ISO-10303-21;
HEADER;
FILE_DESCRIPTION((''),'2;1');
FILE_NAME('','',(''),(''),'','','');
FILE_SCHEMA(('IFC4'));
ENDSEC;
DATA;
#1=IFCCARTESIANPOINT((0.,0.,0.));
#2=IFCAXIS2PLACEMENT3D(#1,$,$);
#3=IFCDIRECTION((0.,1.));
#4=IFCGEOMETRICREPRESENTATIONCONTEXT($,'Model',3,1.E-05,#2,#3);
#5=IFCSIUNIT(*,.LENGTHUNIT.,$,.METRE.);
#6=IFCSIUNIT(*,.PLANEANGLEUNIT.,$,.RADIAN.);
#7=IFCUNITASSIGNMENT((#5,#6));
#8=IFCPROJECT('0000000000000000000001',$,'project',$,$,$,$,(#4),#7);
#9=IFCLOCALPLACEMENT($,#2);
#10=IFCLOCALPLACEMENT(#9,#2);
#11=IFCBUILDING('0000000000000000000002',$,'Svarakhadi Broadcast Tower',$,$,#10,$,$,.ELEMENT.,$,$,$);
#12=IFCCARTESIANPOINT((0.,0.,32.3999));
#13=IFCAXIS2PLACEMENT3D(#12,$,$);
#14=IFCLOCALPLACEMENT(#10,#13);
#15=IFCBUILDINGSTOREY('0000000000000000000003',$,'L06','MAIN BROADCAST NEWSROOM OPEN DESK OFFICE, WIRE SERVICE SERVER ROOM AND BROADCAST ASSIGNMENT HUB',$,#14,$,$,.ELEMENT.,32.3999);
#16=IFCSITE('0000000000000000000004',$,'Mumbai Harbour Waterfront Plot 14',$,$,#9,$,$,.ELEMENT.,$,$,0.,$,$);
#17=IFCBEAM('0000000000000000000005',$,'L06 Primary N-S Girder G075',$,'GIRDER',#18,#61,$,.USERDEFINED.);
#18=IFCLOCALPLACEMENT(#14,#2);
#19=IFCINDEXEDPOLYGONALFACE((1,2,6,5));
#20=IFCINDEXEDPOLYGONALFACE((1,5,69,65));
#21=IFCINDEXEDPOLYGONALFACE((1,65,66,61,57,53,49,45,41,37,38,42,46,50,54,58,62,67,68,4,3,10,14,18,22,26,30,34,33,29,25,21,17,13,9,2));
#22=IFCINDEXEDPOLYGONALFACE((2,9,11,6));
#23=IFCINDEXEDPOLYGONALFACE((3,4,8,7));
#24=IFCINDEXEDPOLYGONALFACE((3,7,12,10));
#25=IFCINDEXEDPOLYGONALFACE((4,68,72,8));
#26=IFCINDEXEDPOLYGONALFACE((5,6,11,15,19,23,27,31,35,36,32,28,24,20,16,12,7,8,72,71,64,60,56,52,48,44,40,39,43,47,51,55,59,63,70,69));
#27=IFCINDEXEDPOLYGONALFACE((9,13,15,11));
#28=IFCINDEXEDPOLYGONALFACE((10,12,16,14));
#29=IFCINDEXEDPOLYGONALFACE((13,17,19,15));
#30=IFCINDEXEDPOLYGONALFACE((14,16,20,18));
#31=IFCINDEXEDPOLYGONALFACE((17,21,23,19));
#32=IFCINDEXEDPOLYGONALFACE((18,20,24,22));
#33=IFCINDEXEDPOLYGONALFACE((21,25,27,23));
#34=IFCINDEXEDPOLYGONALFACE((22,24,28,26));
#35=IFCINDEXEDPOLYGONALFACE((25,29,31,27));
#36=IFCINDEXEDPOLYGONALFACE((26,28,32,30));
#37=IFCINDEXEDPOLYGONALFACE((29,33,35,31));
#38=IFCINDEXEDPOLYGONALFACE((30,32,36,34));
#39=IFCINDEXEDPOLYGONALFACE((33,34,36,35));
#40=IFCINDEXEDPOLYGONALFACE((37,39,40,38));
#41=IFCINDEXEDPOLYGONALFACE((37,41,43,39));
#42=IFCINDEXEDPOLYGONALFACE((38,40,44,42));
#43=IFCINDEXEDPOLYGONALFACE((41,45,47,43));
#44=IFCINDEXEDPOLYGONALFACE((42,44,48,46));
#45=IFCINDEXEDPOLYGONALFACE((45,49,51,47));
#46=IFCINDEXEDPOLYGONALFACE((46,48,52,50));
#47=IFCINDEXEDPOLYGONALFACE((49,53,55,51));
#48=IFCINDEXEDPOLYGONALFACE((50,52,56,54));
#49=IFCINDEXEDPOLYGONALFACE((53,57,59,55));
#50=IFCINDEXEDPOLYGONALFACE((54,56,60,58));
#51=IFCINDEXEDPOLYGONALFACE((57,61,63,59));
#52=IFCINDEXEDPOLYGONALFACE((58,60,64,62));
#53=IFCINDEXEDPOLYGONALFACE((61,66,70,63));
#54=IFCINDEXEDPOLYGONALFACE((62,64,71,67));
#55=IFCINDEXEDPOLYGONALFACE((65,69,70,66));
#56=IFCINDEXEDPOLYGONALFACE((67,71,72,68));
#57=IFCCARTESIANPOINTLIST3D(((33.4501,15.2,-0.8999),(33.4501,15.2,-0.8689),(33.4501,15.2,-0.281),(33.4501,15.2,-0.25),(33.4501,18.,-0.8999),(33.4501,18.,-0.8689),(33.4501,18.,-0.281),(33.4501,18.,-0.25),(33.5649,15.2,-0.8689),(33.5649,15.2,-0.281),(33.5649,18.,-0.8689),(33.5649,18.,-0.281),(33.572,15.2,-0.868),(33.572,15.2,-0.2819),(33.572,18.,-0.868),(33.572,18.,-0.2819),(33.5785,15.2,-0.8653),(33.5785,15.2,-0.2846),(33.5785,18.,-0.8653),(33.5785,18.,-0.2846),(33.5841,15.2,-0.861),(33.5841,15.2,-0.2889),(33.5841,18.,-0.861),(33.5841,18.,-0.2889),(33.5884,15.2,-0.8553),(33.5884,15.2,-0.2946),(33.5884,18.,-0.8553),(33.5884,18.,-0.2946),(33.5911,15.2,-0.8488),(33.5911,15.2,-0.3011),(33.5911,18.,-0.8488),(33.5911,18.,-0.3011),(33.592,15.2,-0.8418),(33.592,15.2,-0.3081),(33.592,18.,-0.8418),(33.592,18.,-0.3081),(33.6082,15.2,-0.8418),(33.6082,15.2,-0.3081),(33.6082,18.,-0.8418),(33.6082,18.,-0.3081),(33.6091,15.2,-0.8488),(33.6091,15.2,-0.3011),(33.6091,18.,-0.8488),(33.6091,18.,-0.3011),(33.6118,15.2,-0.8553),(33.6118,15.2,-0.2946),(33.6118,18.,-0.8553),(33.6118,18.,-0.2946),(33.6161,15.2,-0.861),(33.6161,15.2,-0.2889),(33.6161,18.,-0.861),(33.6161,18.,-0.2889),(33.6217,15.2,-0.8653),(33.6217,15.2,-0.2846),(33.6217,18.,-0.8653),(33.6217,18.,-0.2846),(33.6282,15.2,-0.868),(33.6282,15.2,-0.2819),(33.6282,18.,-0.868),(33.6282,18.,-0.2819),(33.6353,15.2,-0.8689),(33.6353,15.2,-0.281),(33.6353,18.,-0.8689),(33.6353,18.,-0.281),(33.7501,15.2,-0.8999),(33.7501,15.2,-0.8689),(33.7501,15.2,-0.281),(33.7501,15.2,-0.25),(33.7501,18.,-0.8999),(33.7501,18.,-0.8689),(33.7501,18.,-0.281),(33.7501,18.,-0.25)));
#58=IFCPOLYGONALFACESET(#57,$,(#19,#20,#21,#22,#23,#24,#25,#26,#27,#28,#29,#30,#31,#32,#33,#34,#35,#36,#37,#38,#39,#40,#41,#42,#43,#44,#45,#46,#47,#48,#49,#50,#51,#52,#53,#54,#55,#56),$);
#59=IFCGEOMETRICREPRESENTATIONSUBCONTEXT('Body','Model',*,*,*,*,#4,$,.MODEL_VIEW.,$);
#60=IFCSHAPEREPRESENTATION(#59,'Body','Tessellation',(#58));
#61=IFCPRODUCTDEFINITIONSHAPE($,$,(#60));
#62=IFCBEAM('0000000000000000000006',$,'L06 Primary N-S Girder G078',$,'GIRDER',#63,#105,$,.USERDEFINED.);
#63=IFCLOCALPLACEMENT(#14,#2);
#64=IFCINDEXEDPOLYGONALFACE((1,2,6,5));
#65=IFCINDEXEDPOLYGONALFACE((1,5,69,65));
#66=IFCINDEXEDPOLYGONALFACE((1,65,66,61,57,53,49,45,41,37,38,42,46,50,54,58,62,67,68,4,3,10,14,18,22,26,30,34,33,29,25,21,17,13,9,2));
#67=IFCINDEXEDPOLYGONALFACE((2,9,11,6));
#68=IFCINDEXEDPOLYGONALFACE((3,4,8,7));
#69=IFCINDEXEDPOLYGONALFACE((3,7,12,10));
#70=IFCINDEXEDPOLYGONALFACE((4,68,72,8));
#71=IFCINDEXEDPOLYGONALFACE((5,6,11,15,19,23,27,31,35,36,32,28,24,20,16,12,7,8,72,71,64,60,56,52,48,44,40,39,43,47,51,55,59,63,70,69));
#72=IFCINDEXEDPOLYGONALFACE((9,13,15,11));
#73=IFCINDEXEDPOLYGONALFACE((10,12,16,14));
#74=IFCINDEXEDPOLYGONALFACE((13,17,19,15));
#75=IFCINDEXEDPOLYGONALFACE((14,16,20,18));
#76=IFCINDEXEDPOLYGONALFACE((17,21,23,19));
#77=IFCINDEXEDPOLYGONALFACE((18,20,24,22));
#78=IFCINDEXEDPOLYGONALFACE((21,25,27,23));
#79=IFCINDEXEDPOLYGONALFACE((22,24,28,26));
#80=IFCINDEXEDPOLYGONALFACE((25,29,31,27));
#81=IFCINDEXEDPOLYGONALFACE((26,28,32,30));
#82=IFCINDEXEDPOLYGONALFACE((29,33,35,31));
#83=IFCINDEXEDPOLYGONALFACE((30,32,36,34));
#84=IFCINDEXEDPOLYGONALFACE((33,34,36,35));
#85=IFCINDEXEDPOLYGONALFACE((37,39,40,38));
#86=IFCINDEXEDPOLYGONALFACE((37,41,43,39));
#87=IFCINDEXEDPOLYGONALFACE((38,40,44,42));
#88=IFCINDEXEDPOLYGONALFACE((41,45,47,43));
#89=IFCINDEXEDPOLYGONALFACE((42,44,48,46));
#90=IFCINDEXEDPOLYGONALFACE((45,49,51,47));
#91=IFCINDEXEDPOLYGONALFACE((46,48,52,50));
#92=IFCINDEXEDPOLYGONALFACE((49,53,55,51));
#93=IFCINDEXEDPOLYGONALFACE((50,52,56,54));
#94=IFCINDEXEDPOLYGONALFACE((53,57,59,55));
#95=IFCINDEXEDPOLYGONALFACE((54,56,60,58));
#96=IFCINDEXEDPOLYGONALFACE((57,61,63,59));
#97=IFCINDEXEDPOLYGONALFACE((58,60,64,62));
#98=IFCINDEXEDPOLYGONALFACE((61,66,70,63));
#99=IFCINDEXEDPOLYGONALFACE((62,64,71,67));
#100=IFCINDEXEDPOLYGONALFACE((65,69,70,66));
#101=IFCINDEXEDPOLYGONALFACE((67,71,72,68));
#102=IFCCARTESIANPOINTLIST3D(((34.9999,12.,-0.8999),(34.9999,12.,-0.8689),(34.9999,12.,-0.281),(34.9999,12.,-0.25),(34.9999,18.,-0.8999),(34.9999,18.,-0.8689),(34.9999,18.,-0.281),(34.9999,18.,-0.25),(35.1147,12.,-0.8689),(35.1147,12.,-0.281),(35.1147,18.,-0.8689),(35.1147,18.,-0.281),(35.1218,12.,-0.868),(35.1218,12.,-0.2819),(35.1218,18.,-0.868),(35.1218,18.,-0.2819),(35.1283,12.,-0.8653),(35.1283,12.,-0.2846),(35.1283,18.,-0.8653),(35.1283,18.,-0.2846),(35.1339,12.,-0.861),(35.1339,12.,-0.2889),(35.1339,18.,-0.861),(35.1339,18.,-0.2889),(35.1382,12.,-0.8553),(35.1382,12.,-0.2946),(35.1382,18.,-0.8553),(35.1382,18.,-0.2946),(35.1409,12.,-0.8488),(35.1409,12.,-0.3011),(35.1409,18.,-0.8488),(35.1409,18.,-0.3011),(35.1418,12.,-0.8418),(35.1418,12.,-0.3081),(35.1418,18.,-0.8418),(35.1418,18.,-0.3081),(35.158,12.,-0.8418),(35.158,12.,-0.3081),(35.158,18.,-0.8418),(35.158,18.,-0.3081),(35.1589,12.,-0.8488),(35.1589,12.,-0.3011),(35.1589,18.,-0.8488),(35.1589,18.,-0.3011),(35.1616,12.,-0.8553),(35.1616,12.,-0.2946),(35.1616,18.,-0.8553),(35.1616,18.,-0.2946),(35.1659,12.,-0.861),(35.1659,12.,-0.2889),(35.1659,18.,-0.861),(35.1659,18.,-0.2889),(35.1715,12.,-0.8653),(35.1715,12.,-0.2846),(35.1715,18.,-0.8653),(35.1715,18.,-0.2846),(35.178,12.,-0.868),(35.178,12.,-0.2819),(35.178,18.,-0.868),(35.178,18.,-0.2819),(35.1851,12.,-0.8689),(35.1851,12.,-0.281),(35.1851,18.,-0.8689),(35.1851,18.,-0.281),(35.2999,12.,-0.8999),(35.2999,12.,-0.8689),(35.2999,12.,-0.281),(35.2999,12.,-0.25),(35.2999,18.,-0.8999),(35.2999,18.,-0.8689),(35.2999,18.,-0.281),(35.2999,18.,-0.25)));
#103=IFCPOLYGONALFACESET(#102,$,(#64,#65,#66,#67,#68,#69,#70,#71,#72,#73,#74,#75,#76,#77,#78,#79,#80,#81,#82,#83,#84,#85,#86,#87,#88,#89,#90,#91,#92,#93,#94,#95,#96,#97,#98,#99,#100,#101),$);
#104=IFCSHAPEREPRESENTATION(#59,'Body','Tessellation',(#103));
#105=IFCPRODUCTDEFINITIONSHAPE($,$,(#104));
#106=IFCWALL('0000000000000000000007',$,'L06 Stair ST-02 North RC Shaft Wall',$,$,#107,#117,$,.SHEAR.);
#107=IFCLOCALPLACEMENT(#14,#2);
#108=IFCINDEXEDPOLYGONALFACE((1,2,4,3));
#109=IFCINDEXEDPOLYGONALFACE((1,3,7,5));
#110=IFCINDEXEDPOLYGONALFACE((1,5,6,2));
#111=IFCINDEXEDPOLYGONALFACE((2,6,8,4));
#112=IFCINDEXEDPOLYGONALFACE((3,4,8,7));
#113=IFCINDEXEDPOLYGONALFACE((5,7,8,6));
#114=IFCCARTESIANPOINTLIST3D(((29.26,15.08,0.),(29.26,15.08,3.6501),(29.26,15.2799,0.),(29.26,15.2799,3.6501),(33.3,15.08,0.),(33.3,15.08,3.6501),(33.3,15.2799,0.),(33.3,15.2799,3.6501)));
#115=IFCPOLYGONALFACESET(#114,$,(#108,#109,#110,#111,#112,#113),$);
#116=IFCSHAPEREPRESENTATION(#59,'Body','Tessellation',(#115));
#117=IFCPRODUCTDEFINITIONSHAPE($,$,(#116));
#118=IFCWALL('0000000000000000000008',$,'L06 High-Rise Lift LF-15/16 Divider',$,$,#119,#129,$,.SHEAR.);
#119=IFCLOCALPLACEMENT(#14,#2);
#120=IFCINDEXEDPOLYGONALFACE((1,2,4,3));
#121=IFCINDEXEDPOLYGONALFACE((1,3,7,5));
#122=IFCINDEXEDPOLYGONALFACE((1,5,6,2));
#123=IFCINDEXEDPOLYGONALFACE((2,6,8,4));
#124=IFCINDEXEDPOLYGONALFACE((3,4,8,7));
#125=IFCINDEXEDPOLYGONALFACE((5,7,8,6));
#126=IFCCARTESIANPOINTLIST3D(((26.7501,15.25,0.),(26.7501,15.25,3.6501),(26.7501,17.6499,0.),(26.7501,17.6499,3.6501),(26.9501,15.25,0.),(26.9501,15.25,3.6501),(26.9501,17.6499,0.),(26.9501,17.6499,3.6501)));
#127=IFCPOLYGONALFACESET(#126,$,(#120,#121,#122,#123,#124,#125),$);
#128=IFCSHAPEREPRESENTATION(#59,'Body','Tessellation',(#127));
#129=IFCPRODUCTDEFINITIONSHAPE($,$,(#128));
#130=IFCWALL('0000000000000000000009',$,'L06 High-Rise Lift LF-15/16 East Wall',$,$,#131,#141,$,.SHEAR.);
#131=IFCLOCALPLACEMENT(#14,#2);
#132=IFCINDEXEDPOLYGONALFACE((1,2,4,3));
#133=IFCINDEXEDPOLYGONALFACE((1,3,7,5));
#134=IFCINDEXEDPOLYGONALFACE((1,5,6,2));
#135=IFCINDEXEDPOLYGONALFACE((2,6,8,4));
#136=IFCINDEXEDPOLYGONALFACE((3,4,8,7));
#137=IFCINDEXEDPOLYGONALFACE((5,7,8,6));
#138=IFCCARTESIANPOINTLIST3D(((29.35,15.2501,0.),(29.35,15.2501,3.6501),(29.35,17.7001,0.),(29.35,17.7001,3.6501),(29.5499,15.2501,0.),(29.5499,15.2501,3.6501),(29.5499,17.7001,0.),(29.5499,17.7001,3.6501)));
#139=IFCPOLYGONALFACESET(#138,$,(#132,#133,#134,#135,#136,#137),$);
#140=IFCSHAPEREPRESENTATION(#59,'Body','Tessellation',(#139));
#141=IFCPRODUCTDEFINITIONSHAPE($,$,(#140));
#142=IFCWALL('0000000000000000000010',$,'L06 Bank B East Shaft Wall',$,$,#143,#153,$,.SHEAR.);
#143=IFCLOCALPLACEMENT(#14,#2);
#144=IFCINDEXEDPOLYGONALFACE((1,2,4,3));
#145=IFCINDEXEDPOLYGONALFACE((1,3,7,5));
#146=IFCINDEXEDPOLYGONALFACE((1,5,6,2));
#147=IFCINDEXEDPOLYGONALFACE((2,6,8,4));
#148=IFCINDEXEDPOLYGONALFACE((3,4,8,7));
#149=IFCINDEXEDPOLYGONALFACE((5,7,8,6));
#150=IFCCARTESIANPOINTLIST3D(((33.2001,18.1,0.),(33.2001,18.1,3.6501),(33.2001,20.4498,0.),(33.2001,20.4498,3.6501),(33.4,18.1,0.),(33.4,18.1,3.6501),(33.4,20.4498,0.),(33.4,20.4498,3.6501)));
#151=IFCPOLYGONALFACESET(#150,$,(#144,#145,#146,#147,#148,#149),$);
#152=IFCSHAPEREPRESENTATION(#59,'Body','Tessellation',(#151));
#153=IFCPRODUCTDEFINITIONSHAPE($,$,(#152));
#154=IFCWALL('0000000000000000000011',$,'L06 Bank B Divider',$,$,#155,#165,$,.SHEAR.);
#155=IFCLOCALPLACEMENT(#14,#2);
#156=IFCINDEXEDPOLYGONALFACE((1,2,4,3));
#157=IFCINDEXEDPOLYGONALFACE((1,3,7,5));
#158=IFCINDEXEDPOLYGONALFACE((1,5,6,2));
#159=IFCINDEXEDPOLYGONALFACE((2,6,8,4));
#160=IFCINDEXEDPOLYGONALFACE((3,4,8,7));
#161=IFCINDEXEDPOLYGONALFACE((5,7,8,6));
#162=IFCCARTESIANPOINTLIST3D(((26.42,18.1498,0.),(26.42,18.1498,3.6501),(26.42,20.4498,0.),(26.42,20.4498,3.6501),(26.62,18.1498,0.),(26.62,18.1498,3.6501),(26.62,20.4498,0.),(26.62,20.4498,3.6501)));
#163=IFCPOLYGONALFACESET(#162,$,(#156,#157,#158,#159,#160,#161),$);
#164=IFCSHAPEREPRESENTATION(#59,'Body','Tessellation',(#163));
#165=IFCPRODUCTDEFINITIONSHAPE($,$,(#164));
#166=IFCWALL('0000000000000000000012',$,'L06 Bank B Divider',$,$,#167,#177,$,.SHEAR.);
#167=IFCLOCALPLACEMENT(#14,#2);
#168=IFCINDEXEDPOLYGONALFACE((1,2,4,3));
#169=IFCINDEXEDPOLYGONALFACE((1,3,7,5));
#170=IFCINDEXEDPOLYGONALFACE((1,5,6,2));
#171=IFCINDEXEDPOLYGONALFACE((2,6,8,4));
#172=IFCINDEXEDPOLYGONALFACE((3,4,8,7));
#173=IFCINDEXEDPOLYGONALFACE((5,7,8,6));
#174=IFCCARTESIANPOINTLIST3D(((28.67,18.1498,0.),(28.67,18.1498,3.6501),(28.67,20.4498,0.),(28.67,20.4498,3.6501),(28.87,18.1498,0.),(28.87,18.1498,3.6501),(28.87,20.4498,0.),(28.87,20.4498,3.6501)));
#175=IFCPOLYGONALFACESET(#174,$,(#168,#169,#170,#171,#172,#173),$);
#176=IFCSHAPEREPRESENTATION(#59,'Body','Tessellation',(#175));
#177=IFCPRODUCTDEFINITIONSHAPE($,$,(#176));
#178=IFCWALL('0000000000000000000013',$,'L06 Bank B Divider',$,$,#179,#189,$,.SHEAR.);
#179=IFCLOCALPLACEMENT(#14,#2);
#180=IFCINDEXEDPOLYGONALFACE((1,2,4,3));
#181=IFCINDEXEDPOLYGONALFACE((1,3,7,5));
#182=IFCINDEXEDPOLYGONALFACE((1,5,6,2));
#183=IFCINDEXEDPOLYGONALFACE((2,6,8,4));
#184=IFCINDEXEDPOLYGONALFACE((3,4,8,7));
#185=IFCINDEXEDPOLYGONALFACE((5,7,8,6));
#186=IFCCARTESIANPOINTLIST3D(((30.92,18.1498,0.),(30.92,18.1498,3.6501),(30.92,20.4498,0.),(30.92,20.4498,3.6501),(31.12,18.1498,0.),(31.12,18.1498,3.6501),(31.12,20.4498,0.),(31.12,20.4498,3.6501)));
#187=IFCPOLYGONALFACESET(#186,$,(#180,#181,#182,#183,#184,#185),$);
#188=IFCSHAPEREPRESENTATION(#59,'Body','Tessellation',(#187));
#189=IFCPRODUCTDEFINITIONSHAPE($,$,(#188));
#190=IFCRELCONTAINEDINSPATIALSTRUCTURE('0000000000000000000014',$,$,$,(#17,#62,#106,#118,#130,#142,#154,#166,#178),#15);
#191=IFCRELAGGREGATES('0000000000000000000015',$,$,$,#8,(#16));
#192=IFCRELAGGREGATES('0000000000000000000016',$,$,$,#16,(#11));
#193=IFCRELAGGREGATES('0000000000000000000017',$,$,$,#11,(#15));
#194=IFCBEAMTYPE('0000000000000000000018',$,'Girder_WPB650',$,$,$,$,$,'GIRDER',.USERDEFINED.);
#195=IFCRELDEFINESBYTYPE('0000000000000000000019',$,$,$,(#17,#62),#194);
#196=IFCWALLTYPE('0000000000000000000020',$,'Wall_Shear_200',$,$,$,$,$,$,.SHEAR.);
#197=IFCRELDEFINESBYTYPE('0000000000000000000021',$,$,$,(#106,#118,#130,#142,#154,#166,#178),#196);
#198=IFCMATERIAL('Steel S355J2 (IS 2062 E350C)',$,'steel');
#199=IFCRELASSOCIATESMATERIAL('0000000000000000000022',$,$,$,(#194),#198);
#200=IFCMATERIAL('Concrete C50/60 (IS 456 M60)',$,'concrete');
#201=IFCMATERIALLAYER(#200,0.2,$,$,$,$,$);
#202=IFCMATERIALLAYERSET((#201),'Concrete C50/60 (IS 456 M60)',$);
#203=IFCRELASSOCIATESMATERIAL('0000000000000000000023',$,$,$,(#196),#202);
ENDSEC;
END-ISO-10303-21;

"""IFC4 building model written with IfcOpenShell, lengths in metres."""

from ifc_helpers import new_model, si_unit, direction, frame, frame_2d, origin, origin_2d, place, context, subcontext, project, spatial, rectangle, i_section, extrude, material, layer, layer_set, material_profile, profile_set, type_object, element, save


model = new_model("IFC4")

# Units and contexts
model_context = context("Model", 3, precision=1e-05, world=origin(), true_north=direction((0.0, 1.0)))
body_context = subcontext(model_context, "Body", "Model", "MODEL_VIEW")
ifc_project = project(units=[si_unit("LENGTHUNIT", "METRE"), si_unit("PLANEANGLEUNIT", "RADIAN")], contexts=[model_context])

# Site, building, storey
site_placement = place(None, origin())
site = spatial("IfcSite", under=ifc_project, at=site_placement, Name="Mumbai Harbour Waterfront Plot 14", CompositionType="ELEMENT", RefElevation=0.0)
building_placement = place(site_placement, origin())
building = spatial("IfcBuilding", under=site, at=building_placement, Name="Svarakhadi Broadcast Tower", CompositionType="ELEMENT")
storey_placement = place(building_placement, frame((0.0, 0.0, 32.3999)))
storey = spatial("IfcBuildingStorey", under=building, at=storey_placement, Name="L06", Description="MAIN BROADCAST NEWSROOM OPEN DESK OFFICE, WIRE SERVICE SERVER ROOM AND BROADCAST ASSIGNMENT HUB", CompositionType="ELEMENT", Elevation=32.3999)

# Beams
ifc_material_1 = material(Name="Steel S355J2 (IS 2062 E350C)", Category="steel")
ifc_material_profile_1 = material_profile(ifc_material_1, i_section(OverallWidth=0.3, OverallDepth=0.6499, WebThickness=0.0161, FlangeThickness=0.031, FilletRadius=0.0271, at=origin_2d()), Name="WPB 650x300x225")
ifc_profile_set_1 = profile_set([ifc_material_profile_1], Name="Steel S355J2 (IS 2062 E350C)")
beam_type = type_object("IfcBeamType", Name="Girder_WPB650", ElementType="GIRDER", PredefinedType="USERDEFINED", material=ifc_profile_set_1)
beam_1_placement = place(storey_placement, frame((33.6001, 15.2, -0.575), z_axis=(0.0, 1.0, 0.0), x_axis=(-1.0, 0.0, 0.0)))
element("IfcBeam", 1, at=beam_1_placement, inside=storey, type_object=beam_type, Name="L06 Primary N-S Girder G075", ObjectType="GIRDER", PredefinedType="USERDEFINED", context=body_context, shape_type="SweptSolid", body=[
    extrude(i_section(OverallWidth=0.3, OverallDepth=0.6499, WebThickness=0.0161, FlangeThickness=0.031, FilletRadius=0.0271, at=origin_2d()), origin(), (0.0, 0.0, 1.0), 2.8),
])
beam_2_placement = place(storey_placement, frame((35.1499, 12.0, -0.575), z_axis=(0.0, 1.0, 0.0), x_axis=(-1.0, 0.0, 0.0)))
element("IfcBeam", 2, at=beam_2_placement, inside=storey, type_object=beam_type, Name="L06 Primary N-S Girder G078", ObjectType="GIRDER", PredefinedType="USERDEFINED", context=body_context, shape_type="SweptSolid", body=[
    extrude(i_section(OverallWidth=0.3, OverallDepth=0.6499, WebThickness=0.0161, FlangeThickness=0.031, FilletRadius=0.0271, at=origin_2d()), origin(), (0.0, 0.0, 1.0), 6.0),
])

# Walls
ifc_material_2 = material(Name="Concrete C50/60 (IS 456 M60)", Category="concrete")
ifc_layer = layer(ifc_material_2, 0.2)
ifc_layer_set = layer_set([ifc_layer], Name="Concrete C50/60 (IS 456 M60)")
wall_type = type_object("IfcWallType", Name="Wall_Shear_200", PredefinedType="SHEAR", material=ifc_layer_set)
wall_1_placement = place(storey_placement, frame((29.26, 15.1799, 0.0), z_axis=(0.0, 0.0, 1.0), x_axis=(1.0, 0.0, 0.0)))
element("IfcWall", 3, at=wall_1_placement, inside=storey, type_object=wall_type, Name="L06 Stair ST-02 North RC Shaft Wall", PredefinedType="SHEAR", context=body_context, shape_type="SweptSolid", body=[
    extrude(rectangle(XDim=4.04, YDim=0.2, at=frame_2d((2.02, 0.0))), origin(), (0.0, 0.0, 1.0), 3.6501),
])
wall_2_placement = place(storey_placement, frame((26.8501, 15.25, 0.0), z_axis=(0.0, 0.0, 1.0), x_axis=(0.0, 1.0, 0.0)))
element("IfcWall", 4, at=wall_2_placement, inside=storey, type_object=wall_type, Name="L06 High-Rise Lift LF-15/16 Divider", PredefinedType="SHEAR", context=body_context, shape_type="SweptSolid", body=[
    extrude(rectangle(XDim=2.3999, YDim=0.2, at=frame_2d((1.2, 0.0))), origin(), (0.0, 0.0, 1.0), 3.6501),
])
wall_3_placement = place(storey_placement, frame((29.45, 15.25, 0.0), z_axis=(0.0, 0.0, 1.0), x_axis=(0.0, 1.0, 0.0)))
element("IfcWall", 5, at=wall_3_placement, inside=storey, type_object=wall_type, Name="L06 High-Rise Lift LF-15/16 East Wall", PredefinedType="SHEAR", context=body_context, shape_type="SweptSolid", body=[
    extrude(rectangle(XDim=2.45, YDim=0.2, at=frame_2d((1.2251, 0.0))), origin(), (0.0, 0.0, 1.0), 3.6501),
])
wall_4_placement = place(storey_placement, frame((33.3, 18.1001, 0.0), z_axis=(0.0, 0.0, 1.0), x_axis=(0.0, 1.0, 0.0)))
element("IfcWall", 6, at=wall_4_placement, inside=storey, type_object=wall_type, Name="L06 Bank B East Shaft Wall", PredefinedType="SHEAR", context=body_context, shape_type="SweptSolid", body=[
    extrude(rectangle(XDim=2.3499, YDim=0.2, at=frame_2d((1.1748, 0.0))), origin(), (0.0, 0.0, 1.0), 3.6501),
])
for number, where, z_axis, x_axis, name in (
    (7, (26.52, 18.1499, 0.0), (0.0, 0.0, 1.0), (0.0, 1.0, 0.0), "L06 Bank B Divider"),
    (8, (28.77, 18.1499, 0.0), (0.0, 0.0, 1.0), (0.0, 1.0, 0.0), "L06 Bank B Divider"),
    (9, (31.02, 18.1499, 0.0), (0.0, 0.0, 1.0), (0.0, 1.0, 0.0), "L06 Bank B Divider"),
):
    element("IfcWall", number, at=place(storey_placement, frame(where, z_axis=z_axis, x_axis=x_axis)), inside=storey, type_object=wall_type, Name=name, PredefinedType="SHEAR", context=body_context, shape_type="SweptSolid", body=[
        extrude(rectangle(XDim=2.3, YDim=0.2, at=frame_2d((1.1499, 0.0))), origin(), (0.0, 0.0, 1.0), 3.6501),
    ])

save(model, "model.ifc")
